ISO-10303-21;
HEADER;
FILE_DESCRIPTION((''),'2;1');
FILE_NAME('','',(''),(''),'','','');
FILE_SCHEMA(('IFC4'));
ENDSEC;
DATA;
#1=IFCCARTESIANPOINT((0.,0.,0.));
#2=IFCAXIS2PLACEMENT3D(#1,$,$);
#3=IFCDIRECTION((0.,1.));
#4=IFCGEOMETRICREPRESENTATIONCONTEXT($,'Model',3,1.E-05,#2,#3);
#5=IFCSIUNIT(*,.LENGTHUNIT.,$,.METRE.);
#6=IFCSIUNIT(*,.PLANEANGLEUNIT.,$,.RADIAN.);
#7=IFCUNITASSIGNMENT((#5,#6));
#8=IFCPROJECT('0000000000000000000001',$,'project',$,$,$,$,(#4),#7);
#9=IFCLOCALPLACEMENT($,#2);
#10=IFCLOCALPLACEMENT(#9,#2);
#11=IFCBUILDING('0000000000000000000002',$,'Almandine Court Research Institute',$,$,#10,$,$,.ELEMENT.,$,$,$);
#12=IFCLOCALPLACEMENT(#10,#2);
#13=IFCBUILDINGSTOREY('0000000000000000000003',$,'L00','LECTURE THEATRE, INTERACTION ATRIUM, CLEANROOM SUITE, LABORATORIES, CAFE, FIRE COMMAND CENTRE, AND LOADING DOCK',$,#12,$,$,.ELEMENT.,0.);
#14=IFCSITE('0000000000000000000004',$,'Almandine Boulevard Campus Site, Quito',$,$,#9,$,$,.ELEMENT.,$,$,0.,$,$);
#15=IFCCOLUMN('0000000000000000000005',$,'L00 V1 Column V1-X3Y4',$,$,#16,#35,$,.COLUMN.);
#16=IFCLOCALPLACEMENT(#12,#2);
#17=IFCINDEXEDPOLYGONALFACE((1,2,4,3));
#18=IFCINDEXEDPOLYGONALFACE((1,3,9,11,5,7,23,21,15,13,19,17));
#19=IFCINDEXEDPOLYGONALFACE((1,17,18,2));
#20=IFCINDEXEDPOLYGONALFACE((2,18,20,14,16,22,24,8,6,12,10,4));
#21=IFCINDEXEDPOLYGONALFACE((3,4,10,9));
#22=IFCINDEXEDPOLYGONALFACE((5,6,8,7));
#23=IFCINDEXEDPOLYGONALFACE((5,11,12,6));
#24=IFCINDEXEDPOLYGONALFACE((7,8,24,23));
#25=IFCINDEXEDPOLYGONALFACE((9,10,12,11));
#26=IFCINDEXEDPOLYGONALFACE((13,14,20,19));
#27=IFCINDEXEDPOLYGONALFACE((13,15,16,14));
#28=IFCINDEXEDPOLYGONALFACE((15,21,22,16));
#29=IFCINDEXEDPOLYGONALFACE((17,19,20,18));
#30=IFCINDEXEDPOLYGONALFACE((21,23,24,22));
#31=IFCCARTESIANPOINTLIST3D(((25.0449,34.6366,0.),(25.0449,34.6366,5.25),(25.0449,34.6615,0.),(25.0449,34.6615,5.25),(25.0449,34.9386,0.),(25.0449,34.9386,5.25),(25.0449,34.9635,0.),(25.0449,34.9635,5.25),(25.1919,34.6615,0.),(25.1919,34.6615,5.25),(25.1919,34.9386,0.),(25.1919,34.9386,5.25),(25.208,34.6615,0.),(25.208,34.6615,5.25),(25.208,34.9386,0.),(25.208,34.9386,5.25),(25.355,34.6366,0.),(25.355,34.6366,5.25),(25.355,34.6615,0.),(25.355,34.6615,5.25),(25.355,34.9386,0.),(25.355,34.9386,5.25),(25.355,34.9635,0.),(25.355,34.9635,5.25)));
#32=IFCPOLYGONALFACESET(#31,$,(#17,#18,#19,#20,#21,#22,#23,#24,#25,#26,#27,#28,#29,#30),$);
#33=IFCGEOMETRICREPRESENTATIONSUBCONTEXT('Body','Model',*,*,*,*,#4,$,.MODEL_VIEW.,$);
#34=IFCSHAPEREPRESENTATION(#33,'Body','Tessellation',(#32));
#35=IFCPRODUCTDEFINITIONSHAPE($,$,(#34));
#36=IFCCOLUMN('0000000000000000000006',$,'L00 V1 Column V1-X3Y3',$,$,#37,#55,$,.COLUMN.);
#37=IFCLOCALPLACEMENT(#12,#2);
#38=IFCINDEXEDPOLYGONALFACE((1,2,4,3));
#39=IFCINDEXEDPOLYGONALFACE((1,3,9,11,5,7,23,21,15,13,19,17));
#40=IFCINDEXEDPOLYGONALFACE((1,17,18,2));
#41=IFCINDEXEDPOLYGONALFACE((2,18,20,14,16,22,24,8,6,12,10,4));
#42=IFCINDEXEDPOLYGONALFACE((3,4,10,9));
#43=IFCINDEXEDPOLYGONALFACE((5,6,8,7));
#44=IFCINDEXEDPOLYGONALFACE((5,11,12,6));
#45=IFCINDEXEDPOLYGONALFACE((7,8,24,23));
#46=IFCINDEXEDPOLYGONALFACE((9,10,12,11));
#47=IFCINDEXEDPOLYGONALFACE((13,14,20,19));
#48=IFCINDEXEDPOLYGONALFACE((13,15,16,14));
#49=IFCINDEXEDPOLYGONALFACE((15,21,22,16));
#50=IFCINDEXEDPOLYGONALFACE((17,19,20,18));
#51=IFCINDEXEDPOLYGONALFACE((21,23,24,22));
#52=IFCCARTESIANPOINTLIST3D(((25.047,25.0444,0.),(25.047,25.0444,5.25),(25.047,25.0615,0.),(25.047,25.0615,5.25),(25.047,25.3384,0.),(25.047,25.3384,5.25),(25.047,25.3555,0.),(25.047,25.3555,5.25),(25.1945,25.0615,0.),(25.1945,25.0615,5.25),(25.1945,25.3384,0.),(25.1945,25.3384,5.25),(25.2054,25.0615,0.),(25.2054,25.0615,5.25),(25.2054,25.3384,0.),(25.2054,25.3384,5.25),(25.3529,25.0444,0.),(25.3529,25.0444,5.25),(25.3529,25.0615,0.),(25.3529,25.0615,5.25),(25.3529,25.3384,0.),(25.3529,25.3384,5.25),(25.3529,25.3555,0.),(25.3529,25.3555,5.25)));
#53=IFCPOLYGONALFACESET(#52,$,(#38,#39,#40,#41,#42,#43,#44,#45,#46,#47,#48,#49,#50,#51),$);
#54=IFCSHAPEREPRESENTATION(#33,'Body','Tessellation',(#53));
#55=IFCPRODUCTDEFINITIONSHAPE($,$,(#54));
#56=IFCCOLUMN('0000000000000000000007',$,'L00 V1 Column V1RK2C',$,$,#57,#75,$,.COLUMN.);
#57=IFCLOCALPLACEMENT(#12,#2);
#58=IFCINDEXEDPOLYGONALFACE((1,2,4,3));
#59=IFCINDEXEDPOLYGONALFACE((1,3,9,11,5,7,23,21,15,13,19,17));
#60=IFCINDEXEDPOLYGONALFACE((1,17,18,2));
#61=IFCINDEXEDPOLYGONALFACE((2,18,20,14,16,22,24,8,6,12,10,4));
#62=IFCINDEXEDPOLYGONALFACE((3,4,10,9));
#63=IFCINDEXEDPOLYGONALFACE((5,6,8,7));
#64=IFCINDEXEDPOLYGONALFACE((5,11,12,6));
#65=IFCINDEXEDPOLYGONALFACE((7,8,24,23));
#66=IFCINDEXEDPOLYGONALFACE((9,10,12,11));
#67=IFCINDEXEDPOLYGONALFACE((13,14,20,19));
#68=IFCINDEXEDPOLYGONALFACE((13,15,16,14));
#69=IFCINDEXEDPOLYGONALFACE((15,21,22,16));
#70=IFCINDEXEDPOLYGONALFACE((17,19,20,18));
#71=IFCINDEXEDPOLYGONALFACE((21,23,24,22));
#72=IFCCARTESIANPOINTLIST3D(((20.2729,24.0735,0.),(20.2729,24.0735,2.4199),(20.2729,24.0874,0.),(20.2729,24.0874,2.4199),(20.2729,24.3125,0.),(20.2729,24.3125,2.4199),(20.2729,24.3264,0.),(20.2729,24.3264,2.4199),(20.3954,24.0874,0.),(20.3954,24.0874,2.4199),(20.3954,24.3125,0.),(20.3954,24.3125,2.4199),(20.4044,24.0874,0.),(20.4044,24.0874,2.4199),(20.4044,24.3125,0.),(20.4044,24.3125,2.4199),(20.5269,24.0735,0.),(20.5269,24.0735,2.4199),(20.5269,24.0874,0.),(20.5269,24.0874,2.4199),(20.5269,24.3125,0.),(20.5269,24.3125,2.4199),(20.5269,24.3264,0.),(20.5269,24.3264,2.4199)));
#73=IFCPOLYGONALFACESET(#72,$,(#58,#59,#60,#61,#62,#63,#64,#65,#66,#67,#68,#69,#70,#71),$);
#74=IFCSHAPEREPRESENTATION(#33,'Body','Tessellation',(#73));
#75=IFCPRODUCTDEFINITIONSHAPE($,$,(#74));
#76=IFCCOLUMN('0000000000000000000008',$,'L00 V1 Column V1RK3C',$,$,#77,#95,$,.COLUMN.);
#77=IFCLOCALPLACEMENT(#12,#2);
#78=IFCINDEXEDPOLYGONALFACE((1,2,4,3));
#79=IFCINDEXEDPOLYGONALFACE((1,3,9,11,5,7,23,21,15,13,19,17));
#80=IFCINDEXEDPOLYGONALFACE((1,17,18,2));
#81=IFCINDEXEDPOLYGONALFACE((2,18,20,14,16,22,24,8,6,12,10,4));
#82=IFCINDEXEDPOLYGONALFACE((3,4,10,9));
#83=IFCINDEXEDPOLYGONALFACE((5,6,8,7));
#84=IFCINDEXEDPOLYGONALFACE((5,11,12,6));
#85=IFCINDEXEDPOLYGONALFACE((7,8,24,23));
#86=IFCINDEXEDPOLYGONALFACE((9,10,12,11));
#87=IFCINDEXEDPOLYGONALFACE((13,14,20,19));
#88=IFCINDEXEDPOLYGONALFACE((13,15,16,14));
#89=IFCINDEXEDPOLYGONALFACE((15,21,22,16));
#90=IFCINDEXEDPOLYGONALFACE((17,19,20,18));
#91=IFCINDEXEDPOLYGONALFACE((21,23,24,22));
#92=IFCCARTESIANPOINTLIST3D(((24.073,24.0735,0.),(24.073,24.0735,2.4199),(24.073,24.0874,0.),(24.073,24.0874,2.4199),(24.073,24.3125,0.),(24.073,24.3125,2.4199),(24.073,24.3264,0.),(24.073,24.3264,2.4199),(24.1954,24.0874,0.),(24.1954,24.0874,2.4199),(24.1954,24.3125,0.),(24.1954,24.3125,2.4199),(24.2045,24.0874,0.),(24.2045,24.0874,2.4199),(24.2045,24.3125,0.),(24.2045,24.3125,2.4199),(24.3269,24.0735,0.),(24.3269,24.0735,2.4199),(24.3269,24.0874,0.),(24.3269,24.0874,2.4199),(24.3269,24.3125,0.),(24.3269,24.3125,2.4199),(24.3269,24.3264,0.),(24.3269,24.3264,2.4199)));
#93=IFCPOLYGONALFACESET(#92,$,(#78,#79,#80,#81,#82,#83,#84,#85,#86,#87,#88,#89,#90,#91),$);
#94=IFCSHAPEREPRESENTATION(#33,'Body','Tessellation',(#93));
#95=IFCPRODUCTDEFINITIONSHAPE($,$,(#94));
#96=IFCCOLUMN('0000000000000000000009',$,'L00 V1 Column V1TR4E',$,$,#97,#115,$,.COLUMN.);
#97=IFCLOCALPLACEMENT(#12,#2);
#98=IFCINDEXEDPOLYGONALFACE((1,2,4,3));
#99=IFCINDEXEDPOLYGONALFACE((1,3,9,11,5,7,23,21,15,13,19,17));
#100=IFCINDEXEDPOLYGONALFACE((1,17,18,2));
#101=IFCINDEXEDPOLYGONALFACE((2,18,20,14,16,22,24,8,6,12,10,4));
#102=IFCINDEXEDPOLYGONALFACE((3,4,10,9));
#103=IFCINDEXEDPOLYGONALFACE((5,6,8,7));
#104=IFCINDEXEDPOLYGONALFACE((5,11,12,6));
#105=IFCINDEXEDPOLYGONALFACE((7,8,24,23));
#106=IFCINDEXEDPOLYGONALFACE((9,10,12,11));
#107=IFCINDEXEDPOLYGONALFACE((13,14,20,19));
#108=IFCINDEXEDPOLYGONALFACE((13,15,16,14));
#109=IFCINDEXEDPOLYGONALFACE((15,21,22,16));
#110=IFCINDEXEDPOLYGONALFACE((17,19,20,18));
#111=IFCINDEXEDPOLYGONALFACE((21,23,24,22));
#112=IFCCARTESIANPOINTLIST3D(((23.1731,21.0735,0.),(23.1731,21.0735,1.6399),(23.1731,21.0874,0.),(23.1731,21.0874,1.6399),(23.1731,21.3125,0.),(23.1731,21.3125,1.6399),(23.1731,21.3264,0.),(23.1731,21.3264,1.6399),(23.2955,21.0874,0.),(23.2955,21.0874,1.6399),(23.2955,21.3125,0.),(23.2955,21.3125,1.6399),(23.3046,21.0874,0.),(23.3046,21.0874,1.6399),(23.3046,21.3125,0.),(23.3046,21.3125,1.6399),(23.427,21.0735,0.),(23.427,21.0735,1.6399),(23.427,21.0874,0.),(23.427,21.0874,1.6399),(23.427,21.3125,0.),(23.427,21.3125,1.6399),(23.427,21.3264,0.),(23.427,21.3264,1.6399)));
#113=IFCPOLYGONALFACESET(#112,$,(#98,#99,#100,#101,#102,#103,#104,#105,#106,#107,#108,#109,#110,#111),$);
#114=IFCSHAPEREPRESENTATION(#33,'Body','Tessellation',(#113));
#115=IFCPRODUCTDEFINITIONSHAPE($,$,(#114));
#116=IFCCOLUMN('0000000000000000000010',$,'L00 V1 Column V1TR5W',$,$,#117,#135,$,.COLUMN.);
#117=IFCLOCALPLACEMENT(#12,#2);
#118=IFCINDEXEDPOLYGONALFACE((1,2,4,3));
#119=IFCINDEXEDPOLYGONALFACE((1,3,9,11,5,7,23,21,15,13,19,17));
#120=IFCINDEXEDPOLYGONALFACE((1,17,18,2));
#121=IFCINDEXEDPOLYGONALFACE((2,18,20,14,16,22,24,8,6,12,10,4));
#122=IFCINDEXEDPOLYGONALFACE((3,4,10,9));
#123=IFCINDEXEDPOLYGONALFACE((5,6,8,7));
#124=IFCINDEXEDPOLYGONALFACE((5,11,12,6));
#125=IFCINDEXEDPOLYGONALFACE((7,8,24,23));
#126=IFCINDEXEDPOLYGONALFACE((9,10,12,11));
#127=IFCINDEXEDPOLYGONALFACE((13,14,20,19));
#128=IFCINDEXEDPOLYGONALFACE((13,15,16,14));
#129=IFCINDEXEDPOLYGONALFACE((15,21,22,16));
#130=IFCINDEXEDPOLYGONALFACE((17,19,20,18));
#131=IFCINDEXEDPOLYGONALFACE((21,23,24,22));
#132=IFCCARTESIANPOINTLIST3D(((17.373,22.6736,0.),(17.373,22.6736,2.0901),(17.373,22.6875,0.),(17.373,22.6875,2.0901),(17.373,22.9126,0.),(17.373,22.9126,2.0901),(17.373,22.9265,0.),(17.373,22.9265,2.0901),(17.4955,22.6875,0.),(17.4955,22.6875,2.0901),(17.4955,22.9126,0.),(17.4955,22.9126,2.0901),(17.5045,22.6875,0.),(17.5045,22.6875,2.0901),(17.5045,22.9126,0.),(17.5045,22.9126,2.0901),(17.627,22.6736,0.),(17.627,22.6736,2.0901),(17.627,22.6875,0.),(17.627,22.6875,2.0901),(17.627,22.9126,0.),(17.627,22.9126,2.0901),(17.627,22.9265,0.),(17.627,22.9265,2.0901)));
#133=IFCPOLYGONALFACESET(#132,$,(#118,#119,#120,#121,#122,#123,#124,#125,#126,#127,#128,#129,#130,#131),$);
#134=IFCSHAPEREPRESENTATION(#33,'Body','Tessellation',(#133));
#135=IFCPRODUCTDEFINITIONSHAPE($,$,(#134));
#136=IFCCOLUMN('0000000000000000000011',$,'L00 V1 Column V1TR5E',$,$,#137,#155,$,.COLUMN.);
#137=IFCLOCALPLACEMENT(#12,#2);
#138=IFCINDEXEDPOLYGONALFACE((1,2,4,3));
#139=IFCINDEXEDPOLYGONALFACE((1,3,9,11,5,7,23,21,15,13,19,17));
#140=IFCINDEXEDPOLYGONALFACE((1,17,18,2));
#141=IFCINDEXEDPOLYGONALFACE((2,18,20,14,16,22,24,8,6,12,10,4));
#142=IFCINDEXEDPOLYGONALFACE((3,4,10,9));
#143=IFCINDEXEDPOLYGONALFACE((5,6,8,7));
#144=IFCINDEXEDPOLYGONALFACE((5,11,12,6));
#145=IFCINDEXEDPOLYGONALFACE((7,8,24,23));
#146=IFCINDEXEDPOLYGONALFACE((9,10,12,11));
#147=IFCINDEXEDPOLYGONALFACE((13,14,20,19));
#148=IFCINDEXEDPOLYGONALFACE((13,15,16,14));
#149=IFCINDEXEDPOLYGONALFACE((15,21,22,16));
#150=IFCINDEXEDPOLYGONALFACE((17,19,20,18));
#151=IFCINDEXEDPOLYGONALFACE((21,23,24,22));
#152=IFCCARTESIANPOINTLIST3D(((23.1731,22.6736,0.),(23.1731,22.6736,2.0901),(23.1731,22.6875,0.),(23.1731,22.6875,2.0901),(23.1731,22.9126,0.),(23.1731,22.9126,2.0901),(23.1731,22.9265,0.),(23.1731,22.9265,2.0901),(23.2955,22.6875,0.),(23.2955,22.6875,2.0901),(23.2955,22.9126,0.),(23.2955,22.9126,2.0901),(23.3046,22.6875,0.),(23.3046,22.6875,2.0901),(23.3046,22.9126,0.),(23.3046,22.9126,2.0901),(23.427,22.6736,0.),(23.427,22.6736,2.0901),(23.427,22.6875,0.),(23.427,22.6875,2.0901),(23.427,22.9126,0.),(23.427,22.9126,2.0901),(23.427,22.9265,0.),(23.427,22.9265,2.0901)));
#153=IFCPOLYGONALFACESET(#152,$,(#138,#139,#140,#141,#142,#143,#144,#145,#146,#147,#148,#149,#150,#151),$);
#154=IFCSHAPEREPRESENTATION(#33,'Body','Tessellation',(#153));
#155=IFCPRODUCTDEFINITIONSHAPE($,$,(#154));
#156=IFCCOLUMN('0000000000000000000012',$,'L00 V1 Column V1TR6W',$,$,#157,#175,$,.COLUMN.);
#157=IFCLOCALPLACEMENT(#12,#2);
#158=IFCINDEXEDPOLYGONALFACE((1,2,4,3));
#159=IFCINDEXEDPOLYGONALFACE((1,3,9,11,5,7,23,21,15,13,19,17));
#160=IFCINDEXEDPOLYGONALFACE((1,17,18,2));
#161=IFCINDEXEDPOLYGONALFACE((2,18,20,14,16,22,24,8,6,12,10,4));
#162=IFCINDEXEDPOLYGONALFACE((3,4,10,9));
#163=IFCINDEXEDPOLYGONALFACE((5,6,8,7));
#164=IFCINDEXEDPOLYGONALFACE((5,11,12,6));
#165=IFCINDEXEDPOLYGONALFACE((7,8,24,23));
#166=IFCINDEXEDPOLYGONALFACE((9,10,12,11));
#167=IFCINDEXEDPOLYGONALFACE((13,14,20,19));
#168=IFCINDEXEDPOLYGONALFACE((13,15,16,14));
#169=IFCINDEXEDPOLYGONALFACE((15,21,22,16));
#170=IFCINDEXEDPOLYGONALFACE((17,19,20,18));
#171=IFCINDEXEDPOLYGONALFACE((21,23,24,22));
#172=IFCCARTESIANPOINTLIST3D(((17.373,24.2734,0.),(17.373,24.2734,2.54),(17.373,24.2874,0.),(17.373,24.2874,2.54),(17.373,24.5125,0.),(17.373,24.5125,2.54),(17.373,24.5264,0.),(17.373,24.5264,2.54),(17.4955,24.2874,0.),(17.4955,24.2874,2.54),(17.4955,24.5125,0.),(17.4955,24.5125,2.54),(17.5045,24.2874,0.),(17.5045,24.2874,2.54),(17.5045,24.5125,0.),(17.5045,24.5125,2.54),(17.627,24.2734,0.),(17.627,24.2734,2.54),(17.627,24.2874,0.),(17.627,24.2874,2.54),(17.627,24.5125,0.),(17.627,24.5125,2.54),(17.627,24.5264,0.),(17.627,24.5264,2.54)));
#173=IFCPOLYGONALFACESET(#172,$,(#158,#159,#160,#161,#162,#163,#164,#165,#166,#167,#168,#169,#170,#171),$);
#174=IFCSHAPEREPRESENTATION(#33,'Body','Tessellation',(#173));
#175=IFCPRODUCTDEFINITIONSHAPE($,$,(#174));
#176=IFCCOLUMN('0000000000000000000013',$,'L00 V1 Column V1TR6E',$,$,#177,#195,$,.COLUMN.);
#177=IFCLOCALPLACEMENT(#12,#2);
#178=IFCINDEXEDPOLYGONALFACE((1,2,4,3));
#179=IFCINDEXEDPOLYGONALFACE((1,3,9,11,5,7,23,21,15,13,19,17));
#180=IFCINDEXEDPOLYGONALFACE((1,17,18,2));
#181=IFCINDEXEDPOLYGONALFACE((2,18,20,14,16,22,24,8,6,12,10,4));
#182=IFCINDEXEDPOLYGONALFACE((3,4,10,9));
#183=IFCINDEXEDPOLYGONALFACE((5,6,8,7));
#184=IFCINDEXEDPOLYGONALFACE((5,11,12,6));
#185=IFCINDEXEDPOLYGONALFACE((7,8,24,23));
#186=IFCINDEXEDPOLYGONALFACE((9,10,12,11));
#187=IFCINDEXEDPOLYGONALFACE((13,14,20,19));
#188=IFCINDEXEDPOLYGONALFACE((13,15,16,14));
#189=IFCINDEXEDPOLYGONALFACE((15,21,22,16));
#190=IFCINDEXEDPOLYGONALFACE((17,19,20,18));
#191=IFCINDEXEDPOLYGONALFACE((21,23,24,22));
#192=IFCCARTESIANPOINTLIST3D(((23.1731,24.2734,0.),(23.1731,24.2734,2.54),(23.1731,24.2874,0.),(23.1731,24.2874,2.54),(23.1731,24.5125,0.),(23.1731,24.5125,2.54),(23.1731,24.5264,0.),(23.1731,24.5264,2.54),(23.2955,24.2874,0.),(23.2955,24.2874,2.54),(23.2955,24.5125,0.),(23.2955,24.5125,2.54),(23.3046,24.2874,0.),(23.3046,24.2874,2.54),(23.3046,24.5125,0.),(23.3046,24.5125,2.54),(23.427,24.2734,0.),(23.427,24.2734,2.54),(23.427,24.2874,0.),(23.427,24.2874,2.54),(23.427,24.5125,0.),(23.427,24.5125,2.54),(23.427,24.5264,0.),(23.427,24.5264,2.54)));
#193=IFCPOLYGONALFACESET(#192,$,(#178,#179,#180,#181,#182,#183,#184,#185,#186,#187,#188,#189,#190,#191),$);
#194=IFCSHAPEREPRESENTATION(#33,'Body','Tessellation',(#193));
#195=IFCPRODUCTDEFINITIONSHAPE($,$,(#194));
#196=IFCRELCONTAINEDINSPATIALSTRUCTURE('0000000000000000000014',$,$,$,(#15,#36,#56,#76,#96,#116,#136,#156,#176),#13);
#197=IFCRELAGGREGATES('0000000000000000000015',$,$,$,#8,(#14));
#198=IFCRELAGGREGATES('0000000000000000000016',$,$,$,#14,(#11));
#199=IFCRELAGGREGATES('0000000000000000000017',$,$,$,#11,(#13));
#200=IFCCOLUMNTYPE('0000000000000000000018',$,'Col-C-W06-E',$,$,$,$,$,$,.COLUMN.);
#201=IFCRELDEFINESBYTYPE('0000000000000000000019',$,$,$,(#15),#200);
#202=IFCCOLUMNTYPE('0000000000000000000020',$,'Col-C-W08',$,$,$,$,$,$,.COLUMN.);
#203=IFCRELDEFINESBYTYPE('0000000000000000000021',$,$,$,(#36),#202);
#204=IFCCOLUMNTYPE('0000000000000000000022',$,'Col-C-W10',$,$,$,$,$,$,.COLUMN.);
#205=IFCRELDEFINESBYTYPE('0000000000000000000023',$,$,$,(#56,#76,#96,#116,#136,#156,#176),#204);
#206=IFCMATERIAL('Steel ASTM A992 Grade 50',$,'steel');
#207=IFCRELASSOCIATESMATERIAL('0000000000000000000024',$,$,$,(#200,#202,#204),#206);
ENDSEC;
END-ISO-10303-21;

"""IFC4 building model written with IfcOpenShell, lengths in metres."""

from ifc_helpers import new_model, si_unit, direction, frame, origin, origin_2d, place, context, subcontext, project, spatial, i_section, extrude, material, material_profile, profile_set, type_object, element, save


model = new_model("IFC4")

# Units and contexts
model_context = context("Model", 3, precision=1e-05, world=origin(), true_north=direction((0.0, 1.0)))
body_context = subcontext(model_context, "Body", "Model", "MODEL_VIEW")
ifc_project = project(units=[si_unit("LENGTHUNIT", "METRE"), si_unit("PLANEANGLEUNIT", "RADIAN")], contexts=[model_context])

# Site, building, storey
site_placement = place(None, origin())
site = spatial("IfcSite", under=ifc_project, at=site_placement, Name="Almandine Boulevard Campus Site, Quito", CompositionType="ELEMENT", RefElevation=0.0)
building_placement = place(site_placement, origin())
building = spatial("IfcBuilding", under=site, at=building_placement, Name="Almandine Court Research Institute", CompositionType="ELEMENT")
storey_placement = place(building_placement, origin())
storey = spatial("IfcBuildingStorey", under=building, at=storey_placement, Name="L00", Description="LECTURE THEATRE, INTERACTION ATRIUM, CLEANROOM SUITE, LABORATORIES, CAFE, FIRE COMMAND CENTRE, AND LOADING DOCK", CompositionType="ELEMENT", Elevation=0.0)

# Columns
ifc_material_1 = material(Name="Steel ASTM A992 Grade 50", Category="steel")
ifc_material_profile_1 = material_profile(ifc_material_1, i_section(OverallWidth=0.3101, OverallDepth=0.3269, WebThickness=0.0161, FlangeThickness=0.0249, at=origin_2d()), Name="W310x158")
ifc_profile_set_1 = profile_set([ifc_material_profile_1], Name="Steel ASTM A992 Grade 50")
column_type_1 = type_object("IfcColumnType", Name="Col-C-W06-E", PredefinedType="COLUMN", material=ifc_profile_set_1)
column_1_placement = place(storey_placement, frame((25.2, 34.8, 0.0), z_axis=(0.0, 0.0, 1.0), x_axis=(1.0, 0.0, 0.0)))
element("IfcColumn", 1, at=column_1_placement, inside=storey, type_object=column_type_1, Name="L00 V1 Column V1-X3Y4", PredefinedType="COLUMN", context=body_context, shape_type="SweptSolid", body=[
    extrude(i_section(OverallWidth=0.3101, OverallDepth=0.3269, WebThickness=0.0161, FlangeThickness=0.0249, at=origin_2d()), origin(), (0.0, 0.0, 1.0), 5.25),
])
ifc_material_profile_2 = material_profile(ifc_material_1, i_section(OverallWidth=0.3059, OverallDepth=0.311, WebThickness=0.011, FlangeThickness=0.0171, at=origin_2d()), Name="W310x107")
ifc_profile_set_2 = profile_set([ifc_material_profile_2], Name="Steel ASTM A992 Grade 50")
column_type_2 = type_object("IfcColumnType", Name="Col-C-W08", PredefinedType="COLUMN", material=ifc_profile_set_2)
column_2_placement = place(storey_placement, frame((25.2, 25.2, 0.0), z_axis=(0.0, 0.0, 1.0), x_axis=(1.0, 0.0, 0.0)))
element("IfcColumn", 2, at=column_2_placement, inside=storey, type_object=column_type_2, Name="L00 V1 Column V1-X3Y3", PredefinedType="COLUMN", context=body_context, shape_type="SweptSolid", body=[
    extrude(i_section(OverallWidth=0.3059, OverallDepth=0.311, WebThickness=0.011, FlangeThickness=0.0171, at=origin_2d()), origin(), (0.0, 0.0, 1.0), 5.25),
])
ifc_material_profile_3 = material_profile(ifc_material_1, i_section(OverallWidth=0.2539, OverallDepth=0.2529, WebThickness=0.009, FlangeThickness=0.0139, at=origin_2d()), Name="W250x73")
ifc_profile_set_3 = profile_set([ifc_material_profile_3], Name="Steel ASTM A992 Grade 50")
column_type_3 = type_object("IfcColumnType", Name="Col-C-W10", PredefinedType="COLUMN", material=ifc_profile_set_3)
for number, where, z_axis, x_axis, name in (
    (3, (20.3999, 24.2, 0.0), (0.0, 0.0, 1.0), (1.0, 0.0, 0.0), "L00 V1 Column V1RK2C"),
    (4, (24.2, 24.2, 0.0), (0.0, 0.0, 1.0), (1.0, 0.0, 0.0), "L00 V1 Column V1RK3C"),
):
    element("IfcColumn", number, at=place(storey_placement, frame(where, z_axis=z_axis, x_axis=x_axis)), inside=storey, type_object=column_type_3, Name=name, PredefinedType="COLUMN", context=body_context, shape_type="SweptSolid", body=[
        extrude(i_section(OverallWidth=0.2539, OverallDepth=0.2529, WebThickness=0.009, FlangeThickness=0.0139, at=origin_2d()), origin(), (0.0, 0.0, 1.0), 2.4199),
    ])
column_3_placement = place(storey_placement, frame((23.3, 21.2, 0.0), z_axis=(0.0, 0.0, 1.0), x_axis=(1.0, 0.0, 0.0)))
element("IfcColumn", 5, at=column_3_placement, inside=storey, type_object=column_type_3, Name="L00 V1 Column V1TR4E", PredefinedType="COLUMN", context=body_context, shape_type="SweptSolid", body=[
    extrude(i_section(OverallWidth=0.2539, OverallDepth=0.2529, WebThickness=0.009, FlangeThickness=0.0139, at=origin_2d()), origin(), (0.0, 0.0, 1.0), 1.6399),
])
for number, where, z_axis, x_axis, name in (
    (6, (17.5, 22.8, 0.0), (0.0, 0.0, 1.0), (1.0, 0.0, 0.0), "L00 V1 Column V1TR5W"),
    (7, (23.3, 22.8, 0.0), (0.0, 0.0, 1.0), (1.0, 0.0, 0.0), "L00 V1 Column V1TR5E"),
):
    element("IfcColumn", number, at=place(storey_placement, frame(where, z_axis=z_axis, x_axis=x_axis)), inside=storey, type_object=column_type_3, Name=name, PredefinedType="COLUMN", context=body_context, shape_type="SweptSolid", body=[
        extrude(i_section(OverallWidth=0.2539, OverallDepth=0.2529, WebThickness=0.009, FlangeThickness=0.0139, at=origin_2d()), origin(), (0.0, 0.0, 1.0), 2.0901),
    ])
for number, where, z_axis, x_axis, name in (
    (8, (17.5, 24.3999, 0.0), (0.0, 0.0, 1.0), (1.0, 0.0, 0.0), "L00 V1 Column V1TR6W"),
    (9, (23.3, 24.3999, 0.0), (0.0, 0.0, 1.0), (1.0, 0.0, 0.0), "L00 V1 Column V1TR6E"),
):
    element("IfcColumn", number, at=place(storey_placement, frame(where, z_axis=z_axis, x_axis=x_axis)), inside=storey, type_object=column_type_3, Name=name, PredefinedType="COLUMN", context=body_context, shape_type="SweptSolid", body=[
        extrude(i_section(OverallWidth=0.2539, OverallDepth=0.2529, WebThickness=0.009, FlangeThickness=0.0139, at=origin_2d()), origin(), (0.0, 0.0, 1.0), 2.54),
    ])

save(model, "model.ifc")
